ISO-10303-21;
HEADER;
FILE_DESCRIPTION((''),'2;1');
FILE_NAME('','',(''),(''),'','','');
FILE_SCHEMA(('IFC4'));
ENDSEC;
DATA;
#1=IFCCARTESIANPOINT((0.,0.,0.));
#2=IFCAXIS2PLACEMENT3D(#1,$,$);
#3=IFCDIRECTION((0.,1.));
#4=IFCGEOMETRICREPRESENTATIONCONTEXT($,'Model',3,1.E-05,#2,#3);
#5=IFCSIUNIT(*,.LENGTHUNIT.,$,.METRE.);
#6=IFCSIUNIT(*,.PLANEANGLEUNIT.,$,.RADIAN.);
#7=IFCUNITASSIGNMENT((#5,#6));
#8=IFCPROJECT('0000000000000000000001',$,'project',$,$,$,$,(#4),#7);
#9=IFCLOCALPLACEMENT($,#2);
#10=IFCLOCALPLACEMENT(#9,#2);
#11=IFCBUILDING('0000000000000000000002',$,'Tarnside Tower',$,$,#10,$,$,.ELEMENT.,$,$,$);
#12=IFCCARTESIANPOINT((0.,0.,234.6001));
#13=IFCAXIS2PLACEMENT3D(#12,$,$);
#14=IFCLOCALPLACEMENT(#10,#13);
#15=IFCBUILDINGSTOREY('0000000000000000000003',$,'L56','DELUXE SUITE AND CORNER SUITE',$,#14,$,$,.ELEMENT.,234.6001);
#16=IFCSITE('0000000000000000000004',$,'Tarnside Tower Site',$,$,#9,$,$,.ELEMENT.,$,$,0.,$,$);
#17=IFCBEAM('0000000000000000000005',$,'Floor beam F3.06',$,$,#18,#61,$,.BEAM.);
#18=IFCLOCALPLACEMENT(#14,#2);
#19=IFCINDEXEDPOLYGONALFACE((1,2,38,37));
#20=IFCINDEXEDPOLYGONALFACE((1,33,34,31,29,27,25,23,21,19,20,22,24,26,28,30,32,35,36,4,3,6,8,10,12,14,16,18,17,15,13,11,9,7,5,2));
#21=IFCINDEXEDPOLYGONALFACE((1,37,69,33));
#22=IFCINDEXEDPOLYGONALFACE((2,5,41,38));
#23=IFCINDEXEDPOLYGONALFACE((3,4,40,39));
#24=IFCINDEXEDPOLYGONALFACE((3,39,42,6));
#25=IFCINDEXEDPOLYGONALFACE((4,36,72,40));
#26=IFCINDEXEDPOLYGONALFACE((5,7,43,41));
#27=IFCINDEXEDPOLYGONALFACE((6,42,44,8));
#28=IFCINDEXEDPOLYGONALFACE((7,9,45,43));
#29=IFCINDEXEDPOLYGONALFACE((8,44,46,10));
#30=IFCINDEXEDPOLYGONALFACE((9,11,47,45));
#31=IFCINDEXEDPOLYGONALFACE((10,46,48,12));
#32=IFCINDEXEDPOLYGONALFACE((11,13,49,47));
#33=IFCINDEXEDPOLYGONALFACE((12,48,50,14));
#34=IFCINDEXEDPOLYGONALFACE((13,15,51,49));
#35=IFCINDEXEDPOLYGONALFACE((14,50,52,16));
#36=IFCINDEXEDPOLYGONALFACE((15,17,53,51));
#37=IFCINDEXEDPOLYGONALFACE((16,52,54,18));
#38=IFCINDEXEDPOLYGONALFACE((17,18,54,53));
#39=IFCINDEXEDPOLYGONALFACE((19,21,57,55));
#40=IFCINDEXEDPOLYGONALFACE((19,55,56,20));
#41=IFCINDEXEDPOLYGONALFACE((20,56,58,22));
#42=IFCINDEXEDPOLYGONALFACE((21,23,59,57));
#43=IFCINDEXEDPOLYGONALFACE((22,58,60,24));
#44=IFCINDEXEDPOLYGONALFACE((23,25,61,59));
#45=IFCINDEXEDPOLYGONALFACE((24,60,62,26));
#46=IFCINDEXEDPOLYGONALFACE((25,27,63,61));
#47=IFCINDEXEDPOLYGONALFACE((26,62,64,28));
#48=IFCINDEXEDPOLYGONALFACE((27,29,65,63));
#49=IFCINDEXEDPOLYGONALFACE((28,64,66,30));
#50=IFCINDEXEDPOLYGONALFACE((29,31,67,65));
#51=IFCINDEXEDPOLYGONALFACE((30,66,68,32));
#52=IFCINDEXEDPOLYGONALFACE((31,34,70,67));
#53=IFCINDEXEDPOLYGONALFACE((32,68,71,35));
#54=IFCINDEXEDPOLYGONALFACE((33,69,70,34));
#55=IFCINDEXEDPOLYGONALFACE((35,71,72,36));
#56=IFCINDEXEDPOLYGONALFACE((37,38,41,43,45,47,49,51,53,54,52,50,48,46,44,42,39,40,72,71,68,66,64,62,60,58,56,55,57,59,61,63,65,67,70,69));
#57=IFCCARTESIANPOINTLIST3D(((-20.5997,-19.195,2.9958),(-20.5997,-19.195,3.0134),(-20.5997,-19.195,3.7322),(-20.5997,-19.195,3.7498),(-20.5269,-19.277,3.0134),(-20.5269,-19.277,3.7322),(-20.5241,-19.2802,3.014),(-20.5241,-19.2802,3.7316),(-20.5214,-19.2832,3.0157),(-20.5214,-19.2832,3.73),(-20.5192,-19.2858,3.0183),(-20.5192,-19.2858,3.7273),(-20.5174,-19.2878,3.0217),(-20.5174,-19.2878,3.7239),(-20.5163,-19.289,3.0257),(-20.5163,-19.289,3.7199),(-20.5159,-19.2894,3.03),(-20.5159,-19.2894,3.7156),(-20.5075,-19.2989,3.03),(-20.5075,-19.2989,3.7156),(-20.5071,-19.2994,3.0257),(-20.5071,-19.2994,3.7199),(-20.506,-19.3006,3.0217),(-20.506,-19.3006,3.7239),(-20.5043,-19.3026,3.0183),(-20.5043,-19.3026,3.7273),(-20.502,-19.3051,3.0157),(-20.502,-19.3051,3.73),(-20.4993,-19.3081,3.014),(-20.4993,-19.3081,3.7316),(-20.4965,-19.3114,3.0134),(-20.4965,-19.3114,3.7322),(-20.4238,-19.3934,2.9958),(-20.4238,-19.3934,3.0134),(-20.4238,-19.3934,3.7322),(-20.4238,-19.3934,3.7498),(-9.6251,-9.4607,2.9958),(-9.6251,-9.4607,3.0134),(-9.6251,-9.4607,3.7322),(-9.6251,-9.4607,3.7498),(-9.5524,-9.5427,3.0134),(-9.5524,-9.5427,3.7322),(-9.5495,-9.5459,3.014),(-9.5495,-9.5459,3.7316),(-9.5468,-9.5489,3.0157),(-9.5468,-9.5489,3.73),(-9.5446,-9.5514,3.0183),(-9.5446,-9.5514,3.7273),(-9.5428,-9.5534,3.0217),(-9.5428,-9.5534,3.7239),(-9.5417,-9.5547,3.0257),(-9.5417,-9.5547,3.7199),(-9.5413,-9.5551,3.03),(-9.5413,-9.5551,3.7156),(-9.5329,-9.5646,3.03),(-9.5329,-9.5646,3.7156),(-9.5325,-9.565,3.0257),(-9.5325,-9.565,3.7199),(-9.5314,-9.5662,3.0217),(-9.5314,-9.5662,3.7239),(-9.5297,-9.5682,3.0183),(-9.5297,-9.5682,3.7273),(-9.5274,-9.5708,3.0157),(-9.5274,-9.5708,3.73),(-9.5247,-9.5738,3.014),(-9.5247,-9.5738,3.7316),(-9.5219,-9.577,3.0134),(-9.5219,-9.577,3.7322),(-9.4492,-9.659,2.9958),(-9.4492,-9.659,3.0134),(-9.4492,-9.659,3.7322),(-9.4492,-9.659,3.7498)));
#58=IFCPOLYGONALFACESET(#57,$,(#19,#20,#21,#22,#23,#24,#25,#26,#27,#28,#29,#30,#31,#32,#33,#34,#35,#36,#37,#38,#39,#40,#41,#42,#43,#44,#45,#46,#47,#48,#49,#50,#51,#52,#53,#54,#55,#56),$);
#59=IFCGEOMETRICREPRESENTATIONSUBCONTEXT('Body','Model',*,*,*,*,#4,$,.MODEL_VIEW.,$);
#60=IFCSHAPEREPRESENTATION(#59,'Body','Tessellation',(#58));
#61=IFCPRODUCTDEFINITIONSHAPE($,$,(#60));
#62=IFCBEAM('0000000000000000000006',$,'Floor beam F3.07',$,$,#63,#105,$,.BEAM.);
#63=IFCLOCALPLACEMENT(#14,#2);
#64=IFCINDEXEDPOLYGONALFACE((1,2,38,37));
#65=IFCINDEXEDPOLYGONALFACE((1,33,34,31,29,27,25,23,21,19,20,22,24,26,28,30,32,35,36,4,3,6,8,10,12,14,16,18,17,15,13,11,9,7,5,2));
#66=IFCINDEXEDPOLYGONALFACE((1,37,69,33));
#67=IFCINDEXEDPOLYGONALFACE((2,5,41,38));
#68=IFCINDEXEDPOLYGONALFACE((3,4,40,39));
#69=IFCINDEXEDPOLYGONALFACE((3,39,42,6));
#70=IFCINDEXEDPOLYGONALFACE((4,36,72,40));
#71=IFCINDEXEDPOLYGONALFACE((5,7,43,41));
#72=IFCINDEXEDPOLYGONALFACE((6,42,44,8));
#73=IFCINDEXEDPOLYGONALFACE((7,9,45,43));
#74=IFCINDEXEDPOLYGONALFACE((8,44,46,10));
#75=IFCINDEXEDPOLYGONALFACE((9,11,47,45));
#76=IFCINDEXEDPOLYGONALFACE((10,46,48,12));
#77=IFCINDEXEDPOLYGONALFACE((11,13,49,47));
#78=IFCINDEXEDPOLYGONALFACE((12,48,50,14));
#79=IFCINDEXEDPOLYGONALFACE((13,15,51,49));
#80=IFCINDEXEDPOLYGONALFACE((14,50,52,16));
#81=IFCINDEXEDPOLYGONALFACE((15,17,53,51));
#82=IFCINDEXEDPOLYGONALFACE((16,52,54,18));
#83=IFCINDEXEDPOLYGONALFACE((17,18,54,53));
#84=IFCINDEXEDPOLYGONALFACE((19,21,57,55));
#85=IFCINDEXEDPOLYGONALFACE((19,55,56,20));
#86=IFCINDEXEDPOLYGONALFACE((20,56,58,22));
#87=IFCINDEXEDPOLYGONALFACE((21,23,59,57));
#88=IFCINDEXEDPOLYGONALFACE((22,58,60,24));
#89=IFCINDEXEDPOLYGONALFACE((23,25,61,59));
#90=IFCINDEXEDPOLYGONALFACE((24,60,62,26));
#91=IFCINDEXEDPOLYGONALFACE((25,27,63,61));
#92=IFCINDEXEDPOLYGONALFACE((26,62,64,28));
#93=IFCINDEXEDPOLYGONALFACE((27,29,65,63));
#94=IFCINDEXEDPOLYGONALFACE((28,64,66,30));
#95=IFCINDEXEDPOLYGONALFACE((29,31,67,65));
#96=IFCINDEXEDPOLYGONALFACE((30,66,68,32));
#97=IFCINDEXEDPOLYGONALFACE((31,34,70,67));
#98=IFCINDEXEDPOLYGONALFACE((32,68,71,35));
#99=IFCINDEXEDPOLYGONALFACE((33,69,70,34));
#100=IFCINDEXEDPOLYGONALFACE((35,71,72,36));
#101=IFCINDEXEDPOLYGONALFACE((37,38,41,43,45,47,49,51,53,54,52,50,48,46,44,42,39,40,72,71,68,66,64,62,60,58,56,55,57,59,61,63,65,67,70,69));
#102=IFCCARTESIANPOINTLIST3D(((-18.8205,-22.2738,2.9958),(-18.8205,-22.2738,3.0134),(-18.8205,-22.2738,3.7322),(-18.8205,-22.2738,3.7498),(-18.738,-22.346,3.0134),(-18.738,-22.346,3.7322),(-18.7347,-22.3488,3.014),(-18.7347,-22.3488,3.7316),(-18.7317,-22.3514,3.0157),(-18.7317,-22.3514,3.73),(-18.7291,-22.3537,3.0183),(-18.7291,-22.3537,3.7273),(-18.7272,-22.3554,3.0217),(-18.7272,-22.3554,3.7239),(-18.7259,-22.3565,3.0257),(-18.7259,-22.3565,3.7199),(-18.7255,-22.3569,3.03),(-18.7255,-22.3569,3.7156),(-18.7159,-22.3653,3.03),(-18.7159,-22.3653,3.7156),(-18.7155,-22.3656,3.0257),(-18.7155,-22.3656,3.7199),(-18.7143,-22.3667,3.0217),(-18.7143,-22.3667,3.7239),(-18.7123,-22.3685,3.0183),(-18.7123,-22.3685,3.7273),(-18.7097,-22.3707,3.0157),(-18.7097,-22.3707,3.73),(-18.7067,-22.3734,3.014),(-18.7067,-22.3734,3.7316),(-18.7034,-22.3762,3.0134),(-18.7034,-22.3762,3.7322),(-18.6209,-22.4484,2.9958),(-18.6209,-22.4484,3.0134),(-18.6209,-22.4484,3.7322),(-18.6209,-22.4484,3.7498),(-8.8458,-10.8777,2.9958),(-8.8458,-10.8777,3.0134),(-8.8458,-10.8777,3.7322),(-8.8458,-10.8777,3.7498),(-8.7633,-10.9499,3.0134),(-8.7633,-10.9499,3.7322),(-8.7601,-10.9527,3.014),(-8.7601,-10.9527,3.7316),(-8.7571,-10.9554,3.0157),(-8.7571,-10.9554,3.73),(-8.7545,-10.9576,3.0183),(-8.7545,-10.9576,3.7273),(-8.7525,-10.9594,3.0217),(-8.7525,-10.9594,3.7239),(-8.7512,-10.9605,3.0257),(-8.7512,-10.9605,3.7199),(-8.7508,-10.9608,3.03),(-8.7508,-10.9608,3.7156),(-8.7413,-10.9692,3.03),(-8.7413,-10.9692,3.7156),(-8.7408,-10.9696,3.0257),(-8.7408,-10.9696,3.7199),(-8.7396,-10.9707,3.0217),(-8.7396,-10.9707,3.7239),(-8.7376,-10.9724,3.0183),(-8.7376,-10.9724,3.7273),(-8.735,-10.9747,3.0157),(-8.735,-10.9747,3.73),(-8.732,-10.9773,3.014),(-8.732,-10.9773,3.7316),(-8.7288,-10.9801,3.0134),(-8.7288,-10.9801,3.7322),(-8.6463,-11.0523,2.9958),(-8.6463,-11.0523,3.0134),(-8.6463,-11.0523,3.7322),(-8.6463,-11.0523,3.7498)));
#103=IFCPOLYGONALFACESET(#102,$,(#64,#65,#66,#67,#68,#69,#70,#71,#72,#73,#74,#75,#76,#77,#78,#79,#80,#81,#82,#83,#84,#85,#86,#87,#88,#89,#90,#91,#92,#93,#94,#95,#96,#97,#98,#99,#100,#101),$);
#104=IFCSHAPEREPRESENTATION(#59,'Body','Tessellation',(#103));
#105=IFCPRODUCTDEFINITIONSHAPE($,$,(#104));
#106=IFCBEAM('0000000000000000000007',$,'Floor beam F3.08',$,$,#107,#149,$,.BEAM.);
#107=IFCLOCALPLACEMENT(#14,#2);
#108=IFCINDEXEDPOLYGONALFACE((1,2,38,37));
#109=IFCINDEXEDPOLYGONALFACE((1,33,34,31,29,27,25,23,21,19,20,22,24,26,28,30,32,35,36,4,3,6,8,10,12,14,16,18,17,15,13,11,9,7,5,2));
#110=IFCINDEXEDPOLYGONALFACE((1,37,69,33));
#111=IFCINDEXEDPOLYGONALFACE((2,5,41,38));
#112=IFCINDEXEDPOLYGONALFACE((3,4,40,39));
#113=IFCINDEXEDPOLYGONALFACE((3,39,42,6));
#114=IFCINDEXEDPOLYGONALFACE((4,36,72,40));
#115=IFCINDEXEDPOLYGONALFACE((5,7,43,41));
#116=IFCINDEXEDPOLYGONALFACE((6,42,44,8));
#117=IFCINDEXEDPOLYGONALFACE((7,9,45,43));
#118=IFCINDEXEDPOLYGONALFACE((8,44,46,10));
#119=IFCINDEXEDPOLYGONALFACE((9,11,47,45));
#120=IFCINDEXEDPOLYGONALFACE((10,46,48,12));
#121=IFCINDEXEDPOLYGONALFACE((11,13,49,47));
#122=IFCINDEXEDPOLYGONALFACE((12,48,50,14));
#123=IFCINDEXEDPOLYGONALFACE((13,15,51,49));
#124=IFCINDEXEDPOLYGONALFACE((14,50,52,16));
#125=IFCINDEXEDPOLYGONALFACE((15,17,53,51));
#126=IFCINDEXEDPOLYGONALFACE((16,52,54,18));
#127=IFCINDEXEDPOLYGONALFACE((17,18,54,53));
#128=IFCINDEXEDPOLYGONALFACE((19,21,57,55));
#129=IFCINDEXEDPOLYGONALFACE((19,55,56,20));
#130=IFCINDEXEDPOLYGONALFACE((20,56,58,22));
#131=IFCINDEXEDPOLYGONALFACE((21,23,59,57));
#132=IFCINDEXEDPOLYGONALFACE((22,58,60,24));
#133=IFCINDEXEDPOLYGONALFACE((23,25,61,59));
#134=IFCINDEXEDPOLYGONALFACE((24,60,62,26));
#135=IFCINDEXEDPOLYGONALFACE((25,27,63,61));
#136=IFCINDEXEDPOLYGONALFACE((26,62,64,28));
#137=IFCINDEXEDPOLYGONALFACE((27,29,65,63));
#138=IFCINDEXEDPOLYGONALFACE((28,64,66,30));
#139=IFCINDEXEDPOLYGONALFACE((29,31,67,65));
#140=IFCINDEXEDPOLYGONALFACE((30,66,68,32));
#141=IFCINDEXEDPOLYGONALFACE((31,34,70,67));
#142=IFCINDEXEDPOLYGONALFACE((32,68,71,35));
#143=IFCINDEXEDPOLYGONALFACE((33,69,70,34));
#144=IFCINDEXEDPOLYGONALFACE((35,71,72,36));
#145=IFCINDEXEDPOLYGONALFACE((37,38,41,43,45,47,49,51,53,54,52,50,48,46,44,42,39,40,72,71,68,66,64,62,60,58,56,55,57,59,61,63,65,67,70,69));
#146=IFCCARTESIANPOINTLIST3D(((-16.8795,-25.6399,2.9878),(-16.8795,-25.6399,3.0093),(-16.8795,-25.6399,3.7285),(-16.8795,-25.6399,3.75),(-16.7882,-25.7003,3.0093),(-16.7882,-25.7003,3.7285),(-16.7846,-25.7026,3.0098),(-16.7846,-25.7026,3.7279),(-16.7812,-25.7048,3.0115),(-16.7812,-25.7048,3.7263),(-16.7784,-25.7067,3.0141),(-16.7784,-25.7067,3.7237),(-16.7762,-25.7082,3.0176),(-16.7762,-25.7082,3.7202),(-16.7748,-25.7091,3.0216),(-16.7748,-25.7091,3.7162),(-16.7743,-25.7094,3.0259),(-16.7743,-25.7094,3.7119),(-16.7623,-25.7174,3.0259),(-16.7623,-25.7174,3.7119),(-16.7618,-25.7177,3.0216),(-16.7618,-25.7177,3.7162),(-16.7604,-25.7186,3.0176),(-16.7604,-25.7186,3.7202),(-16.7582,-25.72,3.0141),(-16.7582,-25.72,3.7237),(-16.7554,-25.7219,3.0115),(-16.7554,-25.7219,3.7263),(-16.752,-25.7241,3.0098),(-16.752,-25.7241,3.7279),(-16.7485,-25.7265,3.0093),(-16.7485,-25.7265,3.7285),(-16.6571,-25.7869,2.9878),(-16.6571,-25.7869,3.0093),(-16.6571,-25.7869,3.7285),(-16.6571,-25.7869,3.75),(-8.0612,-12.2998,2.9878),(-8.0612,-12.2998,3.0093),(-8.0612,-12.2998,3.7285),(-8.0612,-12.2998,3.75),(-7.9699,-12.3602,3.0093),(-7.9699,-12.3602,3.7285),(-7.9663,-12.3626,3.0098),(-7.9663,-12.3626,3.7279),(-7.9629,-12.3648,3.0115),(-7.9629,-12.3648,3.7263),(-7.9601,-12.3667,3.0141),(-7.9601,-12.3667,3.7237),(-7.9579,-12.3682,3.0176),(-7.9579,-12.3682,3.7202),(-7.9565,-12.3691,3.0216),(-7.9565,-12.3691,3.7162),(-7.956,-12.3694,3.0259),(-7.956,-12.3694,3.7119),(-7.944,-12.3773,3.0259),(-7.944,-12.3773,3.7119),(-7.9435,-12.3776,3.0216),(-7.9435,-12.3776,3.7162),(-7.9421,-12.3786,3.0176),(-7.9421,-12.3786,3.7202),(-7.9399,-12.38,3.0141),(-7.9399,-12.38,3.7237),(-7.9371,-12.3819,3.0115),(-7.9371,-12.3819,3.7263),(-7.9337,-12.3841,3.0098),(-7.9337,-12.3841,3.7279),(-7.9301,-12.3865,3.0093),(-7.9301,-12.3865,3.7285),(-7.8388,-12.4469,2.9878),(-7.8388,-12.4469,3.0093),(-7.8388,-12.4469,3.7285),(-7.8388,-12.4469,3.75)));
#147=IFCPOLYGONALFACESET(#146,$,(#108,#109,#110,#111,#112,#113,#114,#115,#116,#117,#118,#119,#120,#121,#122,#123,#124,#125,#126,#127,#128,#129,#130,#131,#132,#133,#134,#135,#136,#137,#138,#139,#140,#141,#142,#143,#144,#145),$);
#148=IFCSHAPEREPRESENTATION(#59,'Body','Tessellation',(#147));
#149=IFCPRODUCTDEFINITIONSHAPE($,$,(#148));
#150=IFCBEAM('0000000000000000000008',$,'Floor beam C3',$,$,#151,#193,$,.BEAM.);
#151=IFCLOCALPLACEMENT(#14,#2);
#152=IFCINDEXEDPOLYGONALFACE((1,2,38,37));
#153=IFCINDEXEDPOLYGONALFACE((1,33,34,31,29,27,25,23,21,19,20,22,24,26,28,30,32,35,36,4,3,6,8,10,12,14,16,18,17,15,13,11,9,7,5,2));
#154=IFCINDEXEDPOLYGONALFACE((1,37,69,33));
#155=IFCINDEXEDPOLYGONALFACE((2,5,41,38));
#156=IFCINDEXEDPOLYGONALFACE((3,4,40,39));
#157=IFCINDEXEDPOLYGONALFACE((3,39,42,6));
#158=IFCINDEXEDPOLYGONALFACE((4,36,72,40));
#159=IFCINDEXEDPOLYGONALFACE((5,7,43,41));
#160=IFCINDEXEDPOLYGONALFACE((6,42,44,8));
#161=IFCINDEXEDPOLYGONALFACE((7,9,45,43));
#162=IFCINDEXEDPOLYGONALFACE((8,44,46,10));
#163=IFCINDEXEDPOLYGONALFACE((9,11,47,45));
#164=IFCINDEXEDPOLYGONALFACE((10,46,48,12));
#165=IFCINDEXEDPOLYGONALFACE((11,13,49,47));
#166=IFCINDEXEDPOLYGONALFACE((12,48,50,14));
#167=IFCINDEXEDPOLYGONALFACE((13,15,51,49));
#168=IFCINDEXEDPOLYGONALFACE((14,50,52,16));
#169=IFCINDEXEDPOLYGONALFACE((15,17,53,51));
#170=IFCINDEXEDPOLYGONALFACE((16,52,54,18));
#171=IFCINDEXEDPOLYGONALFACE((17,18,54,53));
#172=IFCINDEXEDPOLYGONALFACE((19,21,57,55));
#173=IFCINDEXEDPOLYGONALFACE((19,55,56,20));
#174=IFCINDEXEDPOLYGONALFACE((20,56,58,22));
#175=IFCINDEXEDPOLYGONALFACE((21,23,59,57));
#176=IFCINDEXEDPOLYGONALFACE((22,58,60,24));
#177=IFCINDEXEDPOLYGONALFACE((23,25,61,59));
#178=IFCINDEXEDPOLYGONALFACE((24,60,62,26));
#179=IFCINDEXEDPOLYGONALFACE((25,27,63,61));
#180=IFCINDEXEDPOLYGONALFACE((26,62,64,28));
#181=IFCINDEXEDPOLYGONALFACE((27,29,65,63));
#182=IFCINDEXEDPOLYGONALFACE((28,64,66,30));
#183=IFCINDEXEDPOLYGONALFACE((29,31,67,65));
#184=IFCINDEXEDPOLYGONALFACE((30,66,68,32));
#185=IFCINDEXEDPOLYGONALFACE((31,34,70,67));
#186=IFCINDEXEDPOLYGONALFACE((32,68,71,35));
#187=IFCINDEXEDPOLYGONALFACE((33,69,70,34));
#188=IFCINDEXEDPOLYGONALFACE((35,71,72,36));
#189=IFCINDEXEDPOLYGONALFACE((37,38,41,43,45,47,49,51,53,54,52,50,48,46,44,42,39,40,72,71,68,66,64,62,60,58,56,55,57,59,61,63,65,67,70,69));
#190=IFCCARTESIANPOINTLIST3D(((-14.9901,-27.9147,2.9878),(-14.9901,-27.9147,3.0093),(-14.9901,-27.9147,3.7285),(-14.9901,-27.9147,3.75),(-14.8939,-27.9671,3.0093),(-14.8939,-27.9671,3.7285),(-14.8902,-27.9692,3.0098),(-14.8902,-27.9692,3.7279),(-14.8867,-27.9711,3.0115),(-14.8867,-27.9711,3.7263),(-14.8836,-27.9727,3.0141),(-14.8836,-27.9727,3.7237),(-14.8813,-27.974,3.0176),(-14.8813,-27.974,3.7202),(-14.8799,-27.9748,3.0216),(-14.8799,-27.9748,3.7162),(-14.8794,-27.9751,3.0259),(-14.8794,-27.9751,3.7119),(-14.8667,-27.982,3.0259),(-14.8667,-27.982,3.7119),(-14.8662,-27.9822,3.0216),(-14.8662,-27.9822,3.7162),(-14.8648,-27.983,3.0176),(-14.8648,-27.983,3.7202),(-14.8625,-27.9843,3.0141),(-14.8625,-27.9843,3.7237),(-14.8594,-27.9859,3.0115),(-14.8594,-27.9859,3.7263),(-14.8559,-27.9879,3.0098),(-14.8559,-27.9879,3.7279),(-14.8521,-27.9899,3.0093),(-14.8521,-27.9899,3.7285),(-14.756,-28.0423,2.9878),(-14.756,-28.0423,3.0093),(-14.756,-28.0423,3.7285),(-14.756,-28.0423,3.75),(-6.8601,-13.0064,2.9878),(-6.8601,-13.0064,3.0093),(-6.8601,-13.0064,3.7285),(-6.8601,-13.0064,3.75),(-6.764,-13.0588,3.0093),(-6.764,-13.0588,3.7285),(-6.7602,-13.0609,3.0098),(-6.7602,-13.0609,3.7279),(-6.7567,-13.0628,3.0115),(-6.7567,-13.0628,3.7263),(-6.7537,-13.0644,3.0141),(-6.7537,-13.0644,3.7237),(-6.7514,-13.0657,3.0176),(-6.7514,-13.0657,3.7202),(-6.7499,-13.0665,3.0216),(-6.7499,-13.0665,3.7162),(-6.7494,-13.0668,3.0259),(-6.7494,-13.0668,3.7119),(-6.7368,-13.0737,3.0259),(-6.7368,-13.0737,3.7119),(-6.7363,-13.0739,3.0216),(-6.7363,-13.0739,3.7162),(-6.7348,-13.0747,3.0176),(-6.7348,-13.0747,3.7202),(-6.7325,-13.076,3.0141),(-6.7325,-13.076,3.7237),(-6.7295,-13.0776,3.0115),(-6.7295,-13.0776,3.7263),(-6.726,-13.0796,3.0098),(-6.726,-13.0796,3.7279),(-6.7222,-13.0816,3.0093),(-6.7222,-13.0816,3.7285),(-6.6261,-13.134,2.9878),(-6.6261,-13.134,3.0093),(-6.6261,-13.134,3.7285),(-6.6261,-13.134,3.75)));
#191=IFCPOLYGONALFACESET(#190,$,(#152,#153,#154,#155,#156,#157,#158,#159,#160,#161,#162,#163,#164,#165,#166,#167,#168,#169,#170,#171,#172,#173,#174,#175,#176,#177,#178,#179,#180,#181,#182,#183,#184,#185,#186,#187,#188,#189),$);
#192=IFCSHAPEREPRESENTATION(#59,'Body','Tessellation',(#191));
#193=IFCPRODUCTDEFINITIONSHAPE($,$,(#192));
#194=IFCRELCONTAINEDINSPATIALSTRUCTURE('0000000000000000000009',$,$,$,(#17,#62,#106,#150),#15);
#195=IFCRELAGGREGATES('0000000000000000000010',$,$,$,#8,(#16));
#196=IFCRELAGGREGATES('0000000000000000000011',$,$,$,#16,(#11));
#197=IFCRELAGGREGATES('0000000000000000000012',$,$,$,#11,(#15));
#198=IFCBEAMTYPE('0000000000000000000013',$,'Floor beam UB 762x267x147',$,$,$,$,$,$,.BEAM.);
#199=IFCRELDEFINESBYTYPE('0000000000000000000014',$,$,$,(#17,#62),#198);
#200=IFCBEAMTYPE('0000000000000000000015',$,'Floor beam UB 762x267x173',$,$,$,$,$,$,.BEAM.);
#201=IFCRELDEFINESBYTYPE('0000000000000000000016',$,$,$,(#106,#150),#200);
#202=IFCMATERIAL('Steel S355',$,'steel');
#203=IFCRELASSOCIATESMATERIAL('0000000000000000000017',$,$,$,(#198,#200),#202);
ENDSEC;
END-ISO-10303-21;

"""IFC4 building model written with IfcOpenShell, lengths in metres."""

from ifc_helpers import new_model, si_unit, direction, frame, origin, origin_2d, place, context, subcontext, project, spatial, i_section, extrude, material, material_profile, profile_set, type_object, element, save


model = new_model("IFC4")

# Units and contexts
model_context = context("Model", 3, precision=1e-05, world=origin(), true_north=direction((0.0, 1.0)))
body_context = subcontext(model_context, "Body", "Model", "MODEL_VIEW")
ifc_project = project(units=[si_unit("LENGTHUNIT", "METRE"), si_unit("PLANEANGLEUNIT", "RADIAN")], contexts=[model_context])

# Site, building, storey
site_placement = place(None, origin())
site = spatial("IfcSite", under=ifc_project, at=site_placement, Name="Tarnside Tower Site", CompositionType="ELEMENT", RefElevation=0.0)
building_placement = place(site_placement, origin())
building = spatial("IfcBuilding", under=site, at=building_placement, Name="Tarnside Tower", CompositionType="ELEMENT")
storey_placement = place(building_placement, frame((0.0, 0.0, 234.6001)))
storey = spatial("IfcBuildingStorey", under=building, at=storey_placement, Name="L56", Description="DELUXE SUITE AND CORNER SUITE", CompositionType="ELEMENT", Elevation=234.6001)

# Beams
ifc_material_1 = material(Name="Steel S355", Category="steel")
ifc_material_profile_1 = material_profile(ifc_material_1, i_section(OverallWidth=0.2651, OverallDepth=0.7539, WebThickness=0.0127, FlangeThickness=0.0176, FilletRadius=0.0166, at=origin_2d()), Name="UB 762x267x147")
ifc_profile_set_1 = profile_set([ifc_material_profile_1], Name="Steel S355")
beam_type_1 = type_object("IfcBeamType", Name="Floor beam UB 762x267x147", PredefinedType="BEAM", material=ifc_profile_set_1)
beam_1_placement = place(storey_placement, frame((-20.5117, -19.2942, 3.3728), z_axis=(0.748114, 0.66357, 0.0), x_axis=(-0.66357, 0.748114, 0.0)))
element("IfcBeam", 1, at=beam_1_placement, inside=storey, type_object=beam_type_1, Name="Floor beam F3.06", PredefinedType="BEAM", context=body_context, shape_type="SweptSolid", body=[
    extrude(i_section(OverallWidth=0.2651, OverallDepth=0.7539, WebThickness=0.0127, FlangeThickness=0.0176, FilletRadius=0.0166, at=origin_2d()), origin(), (0.0, 0.0, 1.0), 14.6697),
])
beam_2_placement = place(storey_placement, frame((-18.7207, -22.3611, 3.3728), z_axis=(0.658621, 0.752475, 0.0), x_axis=(-0.752475, 0.658621, 0.0)))
element("IfcBeam", 2, at=beam_2_placement, inside=storey, type_object=beam_type_1, Name="Floor beam F3.07", PredefinedType="BEAM", context=body_context, shape_type="SweptSolid", body=[
    extrude(i_section(OverallWidth=0.2651, OverallDepth=0.7539, WebThickness=0.0127, FlangeThickness=0.0176, FilletRadius=0.0166, at=origin_2d()), origin(), (0.0, 0.0, 1.0), 15.1448),
])
ifc_material_profile_2 = material_profile(ifc_material_1, i_section(OverallWidth=0.2666, OverallDepth=0.7622, WebThickness=0.0144, FlangeThickness=0.0215, FilletRadius=0.0166, at=origin_2d()), Name="UB 762x267x173")
ifc_profile_set_2 = profile_set([ifc_material_profile_2], Name="Steel S355")
beam_type_2 = type_object("IfcBeamType", Name="Floor beam UB 762x267x173", PredefinedType="BEAM", material=ifc_profile_set_2)
beam_3_placement = place(storey_placement, frame((-16.7683, -25.7134, 3.3689), z_axis=(0.551448, 0.83421, 0.0), x_axis=(-0.83421, 0.551448, 0.0)))
element("IfcBeam", 3, at=beam_3_placement, inside=storey, type_object=beam_type_2, Name="Floor beam F3.08", PredefinedType="BEAM", context=body_context, shape_type="SweptSolid", body=[
    extrude(i_section(OverallWidth=0.2666, OverallDepth=0.7622, WebThickness=0.0144, FlangeThickness=0.0215, FilletRadius=0.0166, at=origin_2d()), origin(), (0.0, 0.0, 1.0), 15.9912),
])
beam_4_placement = place(storey_placement, frame((-14.873, -27.9785, 3.3689), z_axis=(0.478768, 0.877942, 0.0), x_axis=(-0.877942, 0.478768, 0.0)))
element("IfcBeam", 4, at=beam_4_placement, inside=storey, type_object=beam_type_2, Name="Floor beam C3", PredefinedType="BEAM", context=body_context, shape_type="SweptSolid", body=[
    extrude(i_section(OverallWidth=0.2666, OverallDepth=0.7622, WebThickness=0.0144, FlangeThickness=0.0215, FilletRadius=0.0166, at=origin_2d()), origin(), (0.0, 0.0, 1.0), 16.981),
])

save(model, "model.ifc")
